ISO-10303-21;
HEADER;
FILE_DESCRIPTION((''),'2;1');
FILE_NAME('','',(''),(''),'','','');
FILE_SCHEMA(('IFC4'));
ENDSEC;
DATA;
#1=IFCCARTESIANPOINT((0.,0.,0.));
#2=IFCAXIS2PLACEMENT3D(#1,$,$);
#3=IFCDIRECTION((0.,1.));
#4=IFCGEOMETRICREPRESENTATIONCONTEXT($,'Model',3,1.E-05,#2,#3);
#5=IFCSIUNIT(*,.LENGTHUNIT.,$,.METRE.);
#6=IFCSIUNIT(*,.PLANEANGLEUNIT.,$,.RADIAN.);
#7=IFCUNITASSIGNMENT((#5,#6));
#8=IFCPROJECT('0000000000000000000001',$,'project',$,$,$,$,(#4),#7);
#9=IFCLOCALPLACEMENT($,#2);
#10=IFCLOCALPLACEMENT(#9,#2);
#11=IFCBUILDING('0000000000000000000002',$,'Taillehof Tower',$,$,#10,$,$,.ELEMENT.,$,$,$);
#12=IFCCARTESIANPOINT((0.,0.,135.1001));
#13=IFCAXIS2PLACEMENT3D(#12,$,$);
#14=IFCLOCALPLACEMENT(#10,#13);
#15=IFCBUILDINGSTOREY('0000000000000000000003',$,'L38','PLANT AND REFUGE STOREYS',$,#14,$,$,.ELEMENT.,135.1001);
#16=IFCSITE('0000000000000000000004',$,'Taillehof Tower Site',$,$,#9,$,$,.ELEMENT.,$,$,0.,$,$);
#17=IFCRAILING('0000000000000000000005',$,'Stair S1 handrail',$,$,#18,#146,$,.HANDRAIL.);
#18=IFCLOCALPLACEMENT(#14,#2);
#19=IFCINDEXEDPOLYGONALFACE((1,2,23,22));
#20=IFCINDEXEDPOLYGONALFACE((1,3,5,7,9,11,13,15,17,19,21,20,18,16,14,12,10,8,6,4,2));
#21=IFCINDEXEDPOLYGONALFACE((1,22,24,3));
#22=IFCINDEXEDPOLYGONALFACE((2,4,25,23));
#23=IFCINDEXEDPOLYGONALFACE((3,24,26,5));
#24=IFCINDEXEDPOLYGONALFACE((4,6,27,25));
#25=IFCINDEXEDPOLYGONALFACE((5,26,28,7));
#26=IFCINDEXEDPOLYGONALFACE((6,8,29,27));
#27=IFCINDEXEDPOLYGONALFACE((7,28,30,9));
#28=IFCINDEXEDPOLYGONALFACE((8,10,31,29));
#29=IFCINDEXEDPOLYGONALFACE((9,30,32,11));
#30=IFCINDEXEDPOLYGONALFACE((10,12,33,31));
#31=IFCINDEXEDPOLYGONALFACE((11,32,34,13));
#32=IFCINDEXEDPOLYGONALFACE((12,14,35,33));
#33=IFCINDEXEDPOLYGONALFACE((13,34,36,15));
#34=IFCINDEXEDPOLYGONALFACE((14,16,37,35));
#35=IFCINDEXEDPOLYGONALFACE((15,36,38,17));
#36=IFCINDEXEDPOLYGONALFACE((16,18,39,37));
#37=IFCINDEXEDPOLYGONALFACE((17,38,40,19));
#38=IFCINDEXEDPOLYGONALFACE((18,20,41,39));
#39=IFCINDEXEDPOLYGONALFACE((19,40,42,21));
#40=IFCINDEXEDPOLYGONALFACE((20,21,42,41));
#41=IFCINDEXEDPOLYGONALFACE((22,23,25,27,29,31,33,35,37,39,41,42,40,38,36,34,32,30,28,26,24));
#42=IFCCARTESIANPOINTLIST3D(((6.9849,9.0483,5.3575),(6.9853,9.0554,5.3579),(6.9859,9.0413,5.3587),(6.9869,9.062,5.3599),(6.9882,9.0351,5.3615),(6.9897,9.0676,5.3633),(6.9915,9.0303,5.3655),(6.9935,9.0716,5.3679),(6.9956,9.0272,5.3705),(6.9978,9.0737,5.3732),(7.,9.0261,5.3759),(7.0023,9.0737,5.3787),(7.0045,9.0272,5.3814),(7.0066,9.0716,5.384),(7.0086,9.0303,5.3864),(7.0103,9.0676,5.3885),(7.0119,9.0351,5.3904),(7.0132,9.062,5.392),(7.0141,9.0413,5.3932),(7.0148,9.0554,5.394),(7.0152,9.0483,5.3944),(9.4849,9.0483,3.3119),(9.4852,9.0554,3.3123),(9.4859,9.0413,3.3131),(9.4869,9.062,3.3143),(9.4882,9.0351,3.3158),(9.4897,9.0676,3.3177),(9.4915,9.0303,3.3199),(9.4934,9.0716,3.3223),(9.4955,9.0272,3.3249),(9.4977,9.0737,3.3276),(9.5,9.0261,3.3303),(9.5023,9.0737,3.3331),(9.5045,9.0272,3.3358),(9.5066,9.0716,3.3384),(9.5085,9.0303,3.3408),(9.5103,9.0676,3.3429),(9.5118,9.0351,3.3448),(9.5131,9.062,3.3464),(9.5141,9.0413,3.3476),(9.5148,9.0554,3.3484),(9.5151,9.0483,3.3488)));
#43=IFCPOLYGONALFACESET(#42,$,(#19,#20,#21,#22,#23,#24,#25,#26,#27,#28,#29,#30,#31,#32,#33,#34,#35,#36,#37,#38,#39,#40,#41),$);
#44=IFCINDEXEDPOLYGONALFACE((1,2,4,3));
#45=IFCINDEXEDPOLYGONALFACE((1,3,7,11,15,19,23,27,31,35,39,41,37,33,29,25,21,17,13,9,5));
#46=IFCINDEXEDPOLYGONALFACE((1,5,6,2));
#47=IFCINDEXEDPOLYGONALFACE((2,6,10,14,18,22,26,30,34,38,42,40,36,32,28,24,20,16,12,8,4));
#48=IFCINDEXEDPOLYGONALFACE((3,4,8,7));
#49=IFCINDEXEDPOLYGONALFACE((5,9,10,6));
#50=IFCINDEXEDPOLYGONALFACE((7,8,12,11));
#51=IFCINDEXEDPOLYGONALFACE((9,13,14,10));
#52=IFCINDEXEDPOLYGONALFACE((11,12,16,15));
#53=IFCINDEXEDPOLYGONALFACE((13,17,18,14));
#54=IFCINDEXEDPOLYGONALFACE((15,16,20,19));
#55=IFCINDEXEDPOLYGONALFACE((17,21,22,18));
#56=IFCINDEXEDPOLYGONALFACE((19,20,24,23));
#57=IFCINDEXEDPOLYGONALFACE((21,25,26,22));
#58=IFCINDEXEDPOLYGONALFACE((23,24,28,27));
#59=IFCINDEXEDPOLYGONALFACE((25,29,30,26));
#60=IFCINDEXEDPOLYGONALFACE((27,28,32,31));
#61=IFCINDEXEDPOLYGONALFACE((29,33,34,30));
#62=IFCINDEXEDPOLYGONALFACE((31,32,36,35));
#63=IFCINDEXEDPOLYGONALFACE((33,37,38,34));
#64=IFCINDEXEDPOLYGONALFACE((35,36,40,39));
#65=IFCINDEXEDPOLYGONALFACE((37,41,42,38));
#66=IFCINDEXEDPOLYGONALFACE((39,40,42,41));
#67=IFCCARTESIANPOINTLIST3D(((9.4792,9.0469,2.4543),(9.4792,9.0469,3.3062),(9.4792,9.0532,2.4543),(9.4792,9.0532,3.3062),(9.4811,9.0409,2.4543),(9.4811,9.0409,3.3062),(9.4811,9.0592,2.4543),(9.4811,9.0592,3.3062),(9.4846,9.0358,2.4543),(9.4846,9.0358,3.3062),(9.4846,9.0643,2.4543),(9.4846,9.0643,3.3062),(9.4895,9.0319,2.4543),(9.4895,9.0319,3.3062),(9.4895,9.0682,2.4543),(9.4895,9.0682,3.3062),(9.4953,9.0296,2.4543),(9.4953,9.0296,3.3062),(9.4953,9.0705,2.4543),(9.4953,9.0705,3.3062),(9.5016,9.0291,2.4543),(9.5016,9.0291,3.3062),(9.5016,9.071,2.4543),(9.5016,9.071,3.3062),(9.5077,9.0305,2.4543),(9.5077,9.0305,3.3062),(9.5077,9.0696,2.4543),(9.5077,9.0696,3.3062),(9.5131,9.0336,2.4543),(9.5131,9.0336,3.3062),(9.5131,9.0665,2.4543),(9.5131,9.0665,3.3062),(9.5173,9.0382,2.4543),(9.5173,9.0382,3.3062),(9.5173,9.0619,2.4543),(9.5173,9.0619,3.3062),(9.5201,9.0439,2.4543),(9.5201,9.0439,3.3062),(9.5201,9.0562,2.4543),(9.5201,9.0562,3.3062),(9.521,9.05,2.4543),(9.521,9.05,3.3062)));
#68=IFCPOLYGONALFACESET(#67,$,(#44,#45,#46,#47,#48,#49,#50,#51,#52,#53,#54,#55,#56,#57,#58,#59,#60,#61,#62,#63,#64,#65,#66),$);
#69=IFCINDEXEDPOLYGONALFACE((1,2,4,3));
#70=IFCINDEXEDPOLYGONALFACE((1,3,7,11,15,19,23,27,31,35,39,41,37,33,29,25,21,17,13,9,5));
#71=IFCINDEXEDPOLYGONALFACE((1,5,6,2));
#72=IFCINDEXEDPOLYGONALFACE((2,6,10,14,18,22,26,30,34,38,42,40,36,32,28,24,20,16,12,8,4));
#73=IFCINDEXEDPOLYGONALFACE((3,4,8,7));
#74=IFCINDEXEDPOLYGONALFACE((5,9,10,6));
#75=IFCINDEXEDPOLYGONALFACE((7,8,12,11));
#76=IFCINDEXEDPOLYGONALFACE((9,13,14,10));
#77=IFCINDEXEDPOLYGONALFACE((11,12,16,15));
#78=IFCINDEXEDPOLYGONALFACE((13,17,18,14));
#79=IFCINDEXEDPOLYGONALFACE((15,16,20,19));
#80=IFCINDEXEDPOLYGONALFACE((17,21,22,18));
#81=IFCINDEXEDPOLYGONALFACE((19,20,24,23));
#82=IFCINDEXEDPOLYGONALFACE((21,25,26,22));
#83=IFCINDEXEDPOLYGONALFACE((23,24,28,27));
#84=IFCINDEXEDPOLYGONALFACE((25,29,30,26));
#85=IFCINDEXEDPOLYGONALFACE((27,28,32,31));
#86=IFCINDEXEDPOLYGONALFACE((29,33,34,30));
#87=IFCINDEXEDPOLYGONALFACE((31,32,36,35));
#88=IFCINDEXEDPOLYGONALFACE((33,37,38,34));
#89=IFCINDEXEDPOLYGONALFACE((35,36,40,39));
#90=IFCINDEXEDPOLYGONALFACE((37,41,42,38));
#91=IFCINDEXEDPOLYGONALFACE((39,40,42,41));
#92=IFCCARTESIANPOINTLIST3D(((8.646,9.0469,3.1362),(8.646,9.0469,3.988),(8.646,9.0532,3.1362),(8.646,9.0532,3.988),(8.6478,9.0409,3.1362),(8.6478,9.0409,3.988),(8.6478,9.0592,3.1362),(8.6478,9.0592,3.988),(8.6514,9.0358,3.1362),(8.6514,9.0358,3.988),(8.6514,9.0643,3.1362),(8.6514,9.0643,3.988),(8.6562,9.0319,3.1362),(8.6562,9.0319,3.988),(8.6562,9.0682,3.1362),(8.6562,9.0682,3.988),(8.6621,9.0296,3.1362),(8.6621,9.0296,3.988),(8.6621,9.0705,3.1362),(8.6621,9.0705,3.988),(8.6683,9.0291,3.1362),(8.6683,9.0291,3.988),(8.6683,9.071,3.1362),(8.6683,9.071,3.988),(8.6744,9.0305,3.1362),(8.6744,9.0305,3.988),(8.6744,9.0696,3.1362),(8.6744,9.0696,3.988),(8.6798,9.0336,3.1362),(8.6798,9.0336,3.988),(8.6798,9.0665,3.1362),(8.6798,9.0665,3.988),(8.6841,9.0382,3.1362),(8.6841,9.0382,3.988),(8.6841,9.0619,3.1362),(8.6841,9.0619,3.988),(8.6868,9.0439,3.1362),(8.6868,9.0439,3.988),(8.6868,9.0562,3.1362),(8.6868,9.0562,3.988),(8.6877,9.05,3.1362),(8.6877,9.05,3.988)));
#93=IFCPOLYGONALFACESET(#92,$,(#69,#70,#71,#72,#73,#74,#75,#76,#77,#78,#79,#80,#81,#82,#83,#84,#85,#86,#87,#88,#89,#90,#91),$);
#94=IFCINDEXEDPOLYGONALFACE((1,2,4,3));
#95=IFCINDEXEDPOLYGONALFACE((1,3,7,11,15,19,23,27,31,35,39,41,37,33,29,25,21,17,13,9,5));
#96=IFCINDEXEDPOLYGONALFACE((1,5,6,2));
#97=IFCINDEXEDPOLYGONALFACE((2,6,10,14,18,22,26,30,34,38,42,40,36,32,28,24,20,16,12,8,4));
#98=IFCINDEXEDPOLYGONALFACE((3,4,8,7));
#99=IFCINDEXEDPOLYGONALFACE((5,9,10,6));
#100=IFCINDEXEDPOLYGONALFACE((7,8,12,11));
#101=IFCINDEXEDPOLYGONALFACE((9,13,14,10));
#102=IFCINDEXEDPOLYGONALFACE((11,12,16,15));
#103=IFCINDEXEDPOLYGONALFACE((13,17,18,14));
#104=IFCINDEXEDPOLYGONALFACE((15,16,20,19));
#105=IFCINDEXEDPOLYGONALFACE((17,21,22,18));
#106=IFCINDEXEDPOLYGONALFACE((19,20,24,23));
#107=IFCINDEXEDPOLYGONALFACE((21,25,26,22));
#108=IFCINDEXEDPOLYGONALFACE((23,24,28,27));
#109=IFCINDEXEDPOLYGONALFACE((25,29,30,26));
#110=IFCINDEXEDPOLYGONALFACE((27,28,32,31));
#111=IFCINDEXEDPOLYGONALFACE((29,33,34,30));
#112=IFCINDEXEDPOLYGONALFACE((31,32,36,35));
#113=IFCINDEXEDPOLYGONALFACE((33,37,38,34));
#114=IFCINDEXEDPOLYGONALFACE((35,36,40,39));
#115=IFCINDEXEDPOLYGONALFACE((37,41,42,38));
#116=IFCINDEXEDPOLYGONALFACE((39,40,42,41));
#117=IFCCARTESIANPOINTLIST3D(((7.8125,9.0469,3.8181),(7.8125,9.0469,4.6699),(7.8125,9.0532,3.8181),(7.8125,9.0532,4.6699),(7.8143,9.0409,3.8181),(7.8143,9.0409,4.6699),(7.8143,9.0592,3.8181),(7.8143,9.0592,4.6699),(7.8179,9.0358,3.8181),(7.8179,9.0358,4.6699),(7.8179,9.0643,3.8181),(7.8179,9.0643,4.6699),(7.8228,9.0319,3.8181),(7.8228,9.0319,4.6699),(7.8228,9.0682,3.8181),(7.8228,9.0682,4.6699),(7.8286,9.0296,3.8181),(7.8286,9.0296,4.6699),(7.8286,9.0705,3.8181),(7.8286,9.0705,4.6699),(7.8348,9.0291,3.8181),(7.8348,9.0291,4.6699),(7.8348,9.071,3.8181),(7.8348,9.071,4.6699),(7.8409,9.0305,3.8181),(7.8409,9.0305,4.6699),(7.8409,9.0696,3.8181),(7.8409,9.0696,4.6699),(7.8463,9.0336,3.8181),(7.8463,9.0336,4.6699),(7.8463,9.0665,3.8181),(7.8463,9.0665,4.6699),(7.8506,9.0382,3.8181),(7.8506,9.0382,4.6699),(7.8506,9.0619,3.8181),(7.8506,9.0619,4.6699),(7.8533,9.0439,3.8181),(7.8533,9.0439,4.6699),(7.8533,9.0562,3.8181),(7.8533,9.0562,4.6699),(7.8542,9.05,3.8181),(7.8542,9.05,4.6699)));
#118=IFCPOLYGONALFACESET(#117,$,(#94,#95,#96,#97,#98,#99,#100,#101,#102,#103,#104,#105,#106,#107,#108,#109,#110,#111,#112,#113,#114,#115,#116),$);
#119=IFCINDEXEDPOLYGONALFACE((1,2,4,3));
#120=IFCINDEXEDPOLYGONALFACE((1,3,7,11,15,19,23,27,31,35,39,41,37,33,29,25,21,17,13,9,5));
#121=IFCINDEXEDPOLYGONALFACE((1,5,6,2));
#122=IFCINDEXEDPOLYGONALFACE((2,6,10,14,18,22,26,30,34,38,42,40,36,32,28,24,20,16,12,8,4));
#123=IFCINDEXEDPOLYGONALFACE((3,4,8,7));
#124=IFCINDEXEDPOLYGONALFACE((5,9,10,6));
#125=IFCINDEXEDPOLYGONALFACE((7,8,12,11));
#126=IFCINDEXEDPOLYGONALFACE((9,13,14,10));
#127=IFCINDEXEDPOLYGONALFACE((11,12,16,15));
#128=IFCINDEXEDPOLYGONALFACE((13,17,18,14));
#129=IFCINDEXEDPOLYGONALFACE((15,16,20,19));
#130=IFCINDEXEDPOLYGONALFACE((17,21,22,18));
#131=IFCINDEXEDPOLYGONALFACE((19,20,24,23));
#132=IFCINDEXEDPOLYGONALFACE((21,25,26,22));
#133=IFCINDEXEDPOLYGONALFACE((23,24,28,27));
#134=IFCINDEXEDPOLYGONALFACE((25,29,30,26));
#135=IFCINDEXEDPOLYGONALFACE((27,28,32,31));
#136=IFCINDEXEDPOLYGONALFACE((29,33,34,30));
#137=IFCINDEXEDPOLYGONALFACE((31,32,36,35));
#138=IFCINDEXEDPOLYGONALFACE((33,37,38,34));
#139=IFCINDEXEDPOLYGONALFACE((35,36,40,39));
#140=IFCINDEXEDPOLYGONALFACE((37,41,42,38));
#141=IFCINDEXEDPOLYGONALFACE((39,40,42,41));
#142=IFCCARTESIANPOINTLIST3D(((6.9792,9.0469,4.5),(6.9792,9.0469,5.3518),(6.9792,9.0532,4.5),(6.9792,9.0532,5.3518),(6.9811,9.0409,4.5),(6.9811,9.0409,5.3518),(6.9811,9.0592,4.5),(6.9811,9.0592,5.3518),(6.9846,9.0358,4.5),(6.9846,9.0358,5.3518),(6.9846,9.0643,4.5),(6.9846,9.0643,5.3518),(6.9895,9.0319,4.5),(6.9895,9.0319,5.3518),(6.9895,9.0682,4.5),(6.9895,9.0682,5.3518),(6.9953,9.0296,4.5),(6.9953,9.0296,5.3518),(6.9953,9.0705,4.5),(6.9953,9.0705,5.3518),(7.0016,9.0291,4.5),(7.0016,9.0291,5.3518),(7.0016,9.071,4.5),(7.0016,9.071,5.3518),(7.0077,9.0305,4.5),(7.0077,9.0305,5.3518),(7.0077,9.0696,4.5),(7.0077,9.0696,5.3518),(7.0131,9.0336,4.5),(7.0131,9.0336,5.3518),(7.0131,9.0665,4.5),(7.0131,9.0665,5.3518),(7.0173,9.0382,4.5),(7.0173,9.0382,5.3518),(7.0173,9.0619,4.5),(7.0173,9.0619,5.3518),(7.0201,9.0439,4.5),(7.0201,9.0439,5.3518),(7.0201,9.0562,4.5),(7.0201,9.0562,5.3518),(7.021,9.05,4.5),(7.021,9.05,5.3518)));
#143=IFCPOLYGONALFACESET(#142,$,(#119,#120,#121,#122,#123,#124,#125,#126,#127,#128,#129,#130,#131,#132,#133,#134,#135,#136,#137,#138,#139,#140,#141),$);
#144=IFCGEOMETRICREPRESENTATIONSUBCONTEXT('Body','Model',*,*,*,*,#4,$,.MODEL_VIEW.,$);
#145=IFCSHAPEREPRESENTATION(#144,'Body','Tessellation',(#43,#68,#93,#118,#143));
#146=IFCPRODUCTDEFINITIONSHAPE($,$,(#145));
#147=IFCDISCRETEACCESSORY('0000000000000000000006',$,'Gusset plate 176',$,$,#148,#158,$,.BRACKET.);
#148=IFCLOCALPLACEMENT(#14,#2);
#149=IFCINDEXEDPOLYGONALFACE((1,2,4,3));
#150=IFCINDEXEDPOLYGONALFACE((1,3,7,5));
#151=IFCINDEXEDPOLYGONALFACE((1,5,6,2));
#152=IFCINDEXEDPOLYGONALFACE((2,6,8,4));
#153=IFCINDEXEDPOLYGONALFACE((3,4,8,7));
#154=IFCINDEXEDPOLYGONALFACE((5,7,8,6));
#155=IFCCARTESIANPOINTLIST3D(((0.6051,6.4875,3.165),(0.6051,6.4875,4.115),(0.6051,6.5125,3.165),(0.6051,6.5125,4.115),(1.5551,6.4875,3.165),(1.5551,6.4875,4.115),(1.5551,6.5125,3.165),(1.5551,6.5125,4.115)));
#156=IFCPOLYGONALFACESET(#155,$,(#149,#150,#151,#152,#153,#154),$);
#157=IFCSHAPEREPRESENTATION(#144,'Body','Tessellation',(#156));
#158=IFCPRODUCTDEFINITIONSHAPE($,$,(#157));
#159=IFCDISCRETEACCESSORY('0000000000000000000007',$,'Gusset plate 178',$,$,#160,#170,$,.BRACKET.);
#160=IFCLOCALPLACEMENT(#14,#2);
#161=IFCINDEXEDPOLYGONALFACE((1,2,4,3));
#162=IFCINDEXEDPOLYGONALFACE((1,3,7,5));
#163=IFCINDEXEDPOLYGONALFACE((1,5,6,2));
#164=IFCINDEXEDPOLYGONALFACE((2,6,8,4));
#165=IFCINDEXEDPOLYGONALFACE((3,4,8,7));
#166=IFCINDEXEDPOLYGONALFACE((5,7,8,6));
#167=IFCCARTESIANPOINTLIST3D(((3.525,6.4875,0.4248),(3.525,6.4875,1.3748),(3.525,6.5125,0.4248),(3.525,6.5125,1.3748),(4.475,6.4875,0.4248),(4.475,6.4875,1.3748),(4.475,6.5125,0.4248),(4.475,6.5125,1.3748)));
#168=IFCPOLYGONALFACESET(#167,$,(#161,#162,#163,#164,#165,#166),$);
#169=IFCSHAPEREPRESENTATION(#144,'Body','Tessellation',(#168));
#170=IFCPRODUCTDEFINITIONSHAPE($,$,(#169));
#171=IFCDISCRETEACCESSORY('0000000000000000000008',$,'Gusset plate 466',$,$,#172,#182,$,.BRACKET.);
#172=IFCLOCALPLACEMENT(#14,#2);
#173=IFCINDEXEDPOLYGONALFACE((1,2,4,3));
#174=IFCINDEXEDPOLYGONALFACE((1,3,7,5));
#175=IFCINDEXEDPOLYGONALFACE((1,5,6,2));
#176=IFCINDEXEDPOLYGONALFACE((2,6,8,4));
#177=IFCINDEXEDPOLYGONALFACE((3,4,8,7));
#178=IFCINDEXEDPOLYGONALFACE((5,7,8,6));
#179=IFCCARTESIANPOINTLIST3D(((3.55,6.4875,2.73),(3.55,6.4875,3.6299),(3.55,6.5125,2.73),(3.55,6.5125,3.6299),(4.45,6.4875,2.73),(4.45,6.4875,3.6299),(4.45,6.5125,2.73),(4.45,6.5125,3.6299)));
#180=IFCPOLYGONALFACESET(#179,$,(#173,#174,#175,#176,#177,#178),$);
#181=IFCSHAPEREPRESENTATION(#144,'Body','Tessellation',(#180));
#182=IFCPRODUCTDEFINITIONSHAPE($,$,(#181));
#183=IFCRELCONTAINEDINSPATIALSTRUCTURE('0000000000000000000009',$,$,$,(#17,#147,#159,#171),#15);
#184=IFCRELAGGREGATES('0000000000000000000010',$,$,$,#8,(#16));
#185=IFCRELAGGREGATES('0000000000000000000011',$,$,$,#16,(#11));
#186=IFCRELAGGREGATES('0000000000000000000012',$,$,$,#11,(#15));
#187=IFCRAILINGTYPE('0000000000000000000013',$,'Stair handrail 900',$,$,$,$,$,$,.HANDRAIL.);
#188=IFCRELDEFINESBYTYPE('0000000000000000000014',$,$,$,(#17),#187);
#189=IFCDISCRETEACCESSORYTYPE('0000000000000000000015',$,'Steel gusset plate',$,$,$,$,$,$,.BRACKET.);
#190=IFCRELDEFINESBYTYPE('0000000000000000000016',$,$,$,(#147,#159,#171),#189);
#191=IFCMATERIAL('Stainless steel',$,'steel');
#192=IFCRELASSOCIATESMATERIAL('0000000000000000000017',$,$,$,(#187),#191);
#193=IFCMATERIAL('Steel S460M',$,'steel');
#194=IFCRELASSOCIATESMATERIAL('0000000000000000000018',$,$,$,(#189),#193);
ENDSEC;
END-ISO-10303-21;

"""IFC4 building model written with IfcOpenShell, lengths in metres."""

from ifc_helpers import new_model, si_unit, direction, frame, origin, origin_2d, place, context, subcontext, project, spatial, rectangle, circle, extrude, material, type_object, element, save


model = new_model("IFC4")

# Units and contexts
model_context = context("Model", 3, precision=1e-05, world=origin(), true_north=direction((0.0, 1.0)))
body_context = subcontext(model_context, "Body", "Model", "MODEL_VIEW")
ifc_project = project(units=[si_unit("LENGTHUNIT", "METRE"), si_unit("PLANEANGLEUNIT", "RADIAN")], contexts=[model_context])

# Site, building, storey
site_placement = place(None, origin())
site = spatial("IfcSite", under=ifc_project, at=site_placement, Name="Taillehof Tower Site", CompositionType="ELEMENT", RefElevation=0.0)
building_placement = place(site_placement, origin())
building = spatial("IfcBuilding", under=site, at=building_placement, Name="Taillehof Tower", CompositionType="ELEMENT")
storey_placement = place(building_placement, frame((0.0, 0.0, 135.1001)))
storey = spatial("IfcBuildingStorey", under=building, at=storey_placement, Name="L38", Description="PLANT AND REFUGE STOREYS", CompositionType="ELEMENT", Elevation=135.1001)

# Railing
ifc_material_1 = material(Name="Stainless steel", Category="steel")
railing_type = type_object("IfcRailingType", Name="Stair handrail 900", PredefinedType="HANDRAIL", material=ifc_material_1)
railing_1_placement = place(storey_placement, frame((9.5, 9.05, 2.4543)))
element("IfcRailing", 1, at=railing_1_placement, inside=storey, type_object=railing_type, Name="Stair S1 handrail", PredefinedType="HANDRAIL", context=body_context, shape_type="SweptSolid", body=[
    extrude(circle(Radius=0.0239, at=origin_2d()), frame((0.0, 0.0, 0.876), z_axis=(-0.773927, 0.0, 0.633275), x_axis=(0.0, -1.0, 0.0)), (0.0, 0.0, 1.0), 3.2302),
    extrude(circle(Radius=0.021, at=origin_2d()), origin(), (0.0, 0.0, 1.0), 0.8518),
    extrude(circle(Radius=0.021, at=origin_2d()), frame((-0.8333, 0.0, 0.6819)), (0.0, 0.0, 1.0), 0.8518),
    extrude(circle(Radius=0.021, at=origin_2d()), frame((-1.6667, 0.0, 1.3638)), (0.0, 0.0, 1.0), 0.8518),
    extrude(circle(Radius=0.021, at=origin_2d()), frame((-2.5, 0.0, 2.0457)), (0.0, 0.0, 1.0), 0.8518),
])

# Discrete accessories
ifc_material_2 = material(Name="Steel S460M", Category="steel")
discrete_accessory_type = type_object("IfcDiscreteAccessoryType", Name="Steel gusset plate", PredefinedType="BRACKET", material=ifc_material_2)
for number, where, z_axis, x_axis, name in (
    (2, (1.0801, 6.5, 3.165), (0.0, 0.0, 1.0), (-1.0, 0.0, 0.0), "Gusset plate 176"),
    (3, (4.0, 6.5, 0.4248), (0.0, 0.0, 1.0), (-1.0, 0.0, 0.0), "Gusset plate 178"),
):
    element("IfcDiscreteAccessory", number, at=place(storey_placement, frame(where, z_axis=z_axis, x_axis=x_axis)), inside=storey, type_object=discrete_accessory_type, Name=name, PredefinedType="BRACKET", context=body_context, shape_type="SweptSolid", body=[
        extrude(rectangle(XDim=0.95, YDim=0.0249, at=origin_2d()), origin(), (0.0, 0.0, 1.0), 0.95),
    ])
discrete_accessory_placement = place(storey_placement, frame((4.0, 6.5, 2.73), z_axis=(0.0, 0.0, 1.0), x_axis=(1.0, 0.0, 0.0)))
element("IfcDiscreteAccessory", 4, at=discrete_accessory_placement, inside=storey, type_object=discrete_accessory_type, Name="Gusset plate 466", PredefinedType="BRACKET", context=body_context, shape_type="SweptSolid", body=[
    extrude(rectangle(XDim=0.8999, YDim=0.0249, at=origin_2d()), origin(), (0.0, 0.0, 1.0), 0.8999),
])

save(model, "model.ifc")
